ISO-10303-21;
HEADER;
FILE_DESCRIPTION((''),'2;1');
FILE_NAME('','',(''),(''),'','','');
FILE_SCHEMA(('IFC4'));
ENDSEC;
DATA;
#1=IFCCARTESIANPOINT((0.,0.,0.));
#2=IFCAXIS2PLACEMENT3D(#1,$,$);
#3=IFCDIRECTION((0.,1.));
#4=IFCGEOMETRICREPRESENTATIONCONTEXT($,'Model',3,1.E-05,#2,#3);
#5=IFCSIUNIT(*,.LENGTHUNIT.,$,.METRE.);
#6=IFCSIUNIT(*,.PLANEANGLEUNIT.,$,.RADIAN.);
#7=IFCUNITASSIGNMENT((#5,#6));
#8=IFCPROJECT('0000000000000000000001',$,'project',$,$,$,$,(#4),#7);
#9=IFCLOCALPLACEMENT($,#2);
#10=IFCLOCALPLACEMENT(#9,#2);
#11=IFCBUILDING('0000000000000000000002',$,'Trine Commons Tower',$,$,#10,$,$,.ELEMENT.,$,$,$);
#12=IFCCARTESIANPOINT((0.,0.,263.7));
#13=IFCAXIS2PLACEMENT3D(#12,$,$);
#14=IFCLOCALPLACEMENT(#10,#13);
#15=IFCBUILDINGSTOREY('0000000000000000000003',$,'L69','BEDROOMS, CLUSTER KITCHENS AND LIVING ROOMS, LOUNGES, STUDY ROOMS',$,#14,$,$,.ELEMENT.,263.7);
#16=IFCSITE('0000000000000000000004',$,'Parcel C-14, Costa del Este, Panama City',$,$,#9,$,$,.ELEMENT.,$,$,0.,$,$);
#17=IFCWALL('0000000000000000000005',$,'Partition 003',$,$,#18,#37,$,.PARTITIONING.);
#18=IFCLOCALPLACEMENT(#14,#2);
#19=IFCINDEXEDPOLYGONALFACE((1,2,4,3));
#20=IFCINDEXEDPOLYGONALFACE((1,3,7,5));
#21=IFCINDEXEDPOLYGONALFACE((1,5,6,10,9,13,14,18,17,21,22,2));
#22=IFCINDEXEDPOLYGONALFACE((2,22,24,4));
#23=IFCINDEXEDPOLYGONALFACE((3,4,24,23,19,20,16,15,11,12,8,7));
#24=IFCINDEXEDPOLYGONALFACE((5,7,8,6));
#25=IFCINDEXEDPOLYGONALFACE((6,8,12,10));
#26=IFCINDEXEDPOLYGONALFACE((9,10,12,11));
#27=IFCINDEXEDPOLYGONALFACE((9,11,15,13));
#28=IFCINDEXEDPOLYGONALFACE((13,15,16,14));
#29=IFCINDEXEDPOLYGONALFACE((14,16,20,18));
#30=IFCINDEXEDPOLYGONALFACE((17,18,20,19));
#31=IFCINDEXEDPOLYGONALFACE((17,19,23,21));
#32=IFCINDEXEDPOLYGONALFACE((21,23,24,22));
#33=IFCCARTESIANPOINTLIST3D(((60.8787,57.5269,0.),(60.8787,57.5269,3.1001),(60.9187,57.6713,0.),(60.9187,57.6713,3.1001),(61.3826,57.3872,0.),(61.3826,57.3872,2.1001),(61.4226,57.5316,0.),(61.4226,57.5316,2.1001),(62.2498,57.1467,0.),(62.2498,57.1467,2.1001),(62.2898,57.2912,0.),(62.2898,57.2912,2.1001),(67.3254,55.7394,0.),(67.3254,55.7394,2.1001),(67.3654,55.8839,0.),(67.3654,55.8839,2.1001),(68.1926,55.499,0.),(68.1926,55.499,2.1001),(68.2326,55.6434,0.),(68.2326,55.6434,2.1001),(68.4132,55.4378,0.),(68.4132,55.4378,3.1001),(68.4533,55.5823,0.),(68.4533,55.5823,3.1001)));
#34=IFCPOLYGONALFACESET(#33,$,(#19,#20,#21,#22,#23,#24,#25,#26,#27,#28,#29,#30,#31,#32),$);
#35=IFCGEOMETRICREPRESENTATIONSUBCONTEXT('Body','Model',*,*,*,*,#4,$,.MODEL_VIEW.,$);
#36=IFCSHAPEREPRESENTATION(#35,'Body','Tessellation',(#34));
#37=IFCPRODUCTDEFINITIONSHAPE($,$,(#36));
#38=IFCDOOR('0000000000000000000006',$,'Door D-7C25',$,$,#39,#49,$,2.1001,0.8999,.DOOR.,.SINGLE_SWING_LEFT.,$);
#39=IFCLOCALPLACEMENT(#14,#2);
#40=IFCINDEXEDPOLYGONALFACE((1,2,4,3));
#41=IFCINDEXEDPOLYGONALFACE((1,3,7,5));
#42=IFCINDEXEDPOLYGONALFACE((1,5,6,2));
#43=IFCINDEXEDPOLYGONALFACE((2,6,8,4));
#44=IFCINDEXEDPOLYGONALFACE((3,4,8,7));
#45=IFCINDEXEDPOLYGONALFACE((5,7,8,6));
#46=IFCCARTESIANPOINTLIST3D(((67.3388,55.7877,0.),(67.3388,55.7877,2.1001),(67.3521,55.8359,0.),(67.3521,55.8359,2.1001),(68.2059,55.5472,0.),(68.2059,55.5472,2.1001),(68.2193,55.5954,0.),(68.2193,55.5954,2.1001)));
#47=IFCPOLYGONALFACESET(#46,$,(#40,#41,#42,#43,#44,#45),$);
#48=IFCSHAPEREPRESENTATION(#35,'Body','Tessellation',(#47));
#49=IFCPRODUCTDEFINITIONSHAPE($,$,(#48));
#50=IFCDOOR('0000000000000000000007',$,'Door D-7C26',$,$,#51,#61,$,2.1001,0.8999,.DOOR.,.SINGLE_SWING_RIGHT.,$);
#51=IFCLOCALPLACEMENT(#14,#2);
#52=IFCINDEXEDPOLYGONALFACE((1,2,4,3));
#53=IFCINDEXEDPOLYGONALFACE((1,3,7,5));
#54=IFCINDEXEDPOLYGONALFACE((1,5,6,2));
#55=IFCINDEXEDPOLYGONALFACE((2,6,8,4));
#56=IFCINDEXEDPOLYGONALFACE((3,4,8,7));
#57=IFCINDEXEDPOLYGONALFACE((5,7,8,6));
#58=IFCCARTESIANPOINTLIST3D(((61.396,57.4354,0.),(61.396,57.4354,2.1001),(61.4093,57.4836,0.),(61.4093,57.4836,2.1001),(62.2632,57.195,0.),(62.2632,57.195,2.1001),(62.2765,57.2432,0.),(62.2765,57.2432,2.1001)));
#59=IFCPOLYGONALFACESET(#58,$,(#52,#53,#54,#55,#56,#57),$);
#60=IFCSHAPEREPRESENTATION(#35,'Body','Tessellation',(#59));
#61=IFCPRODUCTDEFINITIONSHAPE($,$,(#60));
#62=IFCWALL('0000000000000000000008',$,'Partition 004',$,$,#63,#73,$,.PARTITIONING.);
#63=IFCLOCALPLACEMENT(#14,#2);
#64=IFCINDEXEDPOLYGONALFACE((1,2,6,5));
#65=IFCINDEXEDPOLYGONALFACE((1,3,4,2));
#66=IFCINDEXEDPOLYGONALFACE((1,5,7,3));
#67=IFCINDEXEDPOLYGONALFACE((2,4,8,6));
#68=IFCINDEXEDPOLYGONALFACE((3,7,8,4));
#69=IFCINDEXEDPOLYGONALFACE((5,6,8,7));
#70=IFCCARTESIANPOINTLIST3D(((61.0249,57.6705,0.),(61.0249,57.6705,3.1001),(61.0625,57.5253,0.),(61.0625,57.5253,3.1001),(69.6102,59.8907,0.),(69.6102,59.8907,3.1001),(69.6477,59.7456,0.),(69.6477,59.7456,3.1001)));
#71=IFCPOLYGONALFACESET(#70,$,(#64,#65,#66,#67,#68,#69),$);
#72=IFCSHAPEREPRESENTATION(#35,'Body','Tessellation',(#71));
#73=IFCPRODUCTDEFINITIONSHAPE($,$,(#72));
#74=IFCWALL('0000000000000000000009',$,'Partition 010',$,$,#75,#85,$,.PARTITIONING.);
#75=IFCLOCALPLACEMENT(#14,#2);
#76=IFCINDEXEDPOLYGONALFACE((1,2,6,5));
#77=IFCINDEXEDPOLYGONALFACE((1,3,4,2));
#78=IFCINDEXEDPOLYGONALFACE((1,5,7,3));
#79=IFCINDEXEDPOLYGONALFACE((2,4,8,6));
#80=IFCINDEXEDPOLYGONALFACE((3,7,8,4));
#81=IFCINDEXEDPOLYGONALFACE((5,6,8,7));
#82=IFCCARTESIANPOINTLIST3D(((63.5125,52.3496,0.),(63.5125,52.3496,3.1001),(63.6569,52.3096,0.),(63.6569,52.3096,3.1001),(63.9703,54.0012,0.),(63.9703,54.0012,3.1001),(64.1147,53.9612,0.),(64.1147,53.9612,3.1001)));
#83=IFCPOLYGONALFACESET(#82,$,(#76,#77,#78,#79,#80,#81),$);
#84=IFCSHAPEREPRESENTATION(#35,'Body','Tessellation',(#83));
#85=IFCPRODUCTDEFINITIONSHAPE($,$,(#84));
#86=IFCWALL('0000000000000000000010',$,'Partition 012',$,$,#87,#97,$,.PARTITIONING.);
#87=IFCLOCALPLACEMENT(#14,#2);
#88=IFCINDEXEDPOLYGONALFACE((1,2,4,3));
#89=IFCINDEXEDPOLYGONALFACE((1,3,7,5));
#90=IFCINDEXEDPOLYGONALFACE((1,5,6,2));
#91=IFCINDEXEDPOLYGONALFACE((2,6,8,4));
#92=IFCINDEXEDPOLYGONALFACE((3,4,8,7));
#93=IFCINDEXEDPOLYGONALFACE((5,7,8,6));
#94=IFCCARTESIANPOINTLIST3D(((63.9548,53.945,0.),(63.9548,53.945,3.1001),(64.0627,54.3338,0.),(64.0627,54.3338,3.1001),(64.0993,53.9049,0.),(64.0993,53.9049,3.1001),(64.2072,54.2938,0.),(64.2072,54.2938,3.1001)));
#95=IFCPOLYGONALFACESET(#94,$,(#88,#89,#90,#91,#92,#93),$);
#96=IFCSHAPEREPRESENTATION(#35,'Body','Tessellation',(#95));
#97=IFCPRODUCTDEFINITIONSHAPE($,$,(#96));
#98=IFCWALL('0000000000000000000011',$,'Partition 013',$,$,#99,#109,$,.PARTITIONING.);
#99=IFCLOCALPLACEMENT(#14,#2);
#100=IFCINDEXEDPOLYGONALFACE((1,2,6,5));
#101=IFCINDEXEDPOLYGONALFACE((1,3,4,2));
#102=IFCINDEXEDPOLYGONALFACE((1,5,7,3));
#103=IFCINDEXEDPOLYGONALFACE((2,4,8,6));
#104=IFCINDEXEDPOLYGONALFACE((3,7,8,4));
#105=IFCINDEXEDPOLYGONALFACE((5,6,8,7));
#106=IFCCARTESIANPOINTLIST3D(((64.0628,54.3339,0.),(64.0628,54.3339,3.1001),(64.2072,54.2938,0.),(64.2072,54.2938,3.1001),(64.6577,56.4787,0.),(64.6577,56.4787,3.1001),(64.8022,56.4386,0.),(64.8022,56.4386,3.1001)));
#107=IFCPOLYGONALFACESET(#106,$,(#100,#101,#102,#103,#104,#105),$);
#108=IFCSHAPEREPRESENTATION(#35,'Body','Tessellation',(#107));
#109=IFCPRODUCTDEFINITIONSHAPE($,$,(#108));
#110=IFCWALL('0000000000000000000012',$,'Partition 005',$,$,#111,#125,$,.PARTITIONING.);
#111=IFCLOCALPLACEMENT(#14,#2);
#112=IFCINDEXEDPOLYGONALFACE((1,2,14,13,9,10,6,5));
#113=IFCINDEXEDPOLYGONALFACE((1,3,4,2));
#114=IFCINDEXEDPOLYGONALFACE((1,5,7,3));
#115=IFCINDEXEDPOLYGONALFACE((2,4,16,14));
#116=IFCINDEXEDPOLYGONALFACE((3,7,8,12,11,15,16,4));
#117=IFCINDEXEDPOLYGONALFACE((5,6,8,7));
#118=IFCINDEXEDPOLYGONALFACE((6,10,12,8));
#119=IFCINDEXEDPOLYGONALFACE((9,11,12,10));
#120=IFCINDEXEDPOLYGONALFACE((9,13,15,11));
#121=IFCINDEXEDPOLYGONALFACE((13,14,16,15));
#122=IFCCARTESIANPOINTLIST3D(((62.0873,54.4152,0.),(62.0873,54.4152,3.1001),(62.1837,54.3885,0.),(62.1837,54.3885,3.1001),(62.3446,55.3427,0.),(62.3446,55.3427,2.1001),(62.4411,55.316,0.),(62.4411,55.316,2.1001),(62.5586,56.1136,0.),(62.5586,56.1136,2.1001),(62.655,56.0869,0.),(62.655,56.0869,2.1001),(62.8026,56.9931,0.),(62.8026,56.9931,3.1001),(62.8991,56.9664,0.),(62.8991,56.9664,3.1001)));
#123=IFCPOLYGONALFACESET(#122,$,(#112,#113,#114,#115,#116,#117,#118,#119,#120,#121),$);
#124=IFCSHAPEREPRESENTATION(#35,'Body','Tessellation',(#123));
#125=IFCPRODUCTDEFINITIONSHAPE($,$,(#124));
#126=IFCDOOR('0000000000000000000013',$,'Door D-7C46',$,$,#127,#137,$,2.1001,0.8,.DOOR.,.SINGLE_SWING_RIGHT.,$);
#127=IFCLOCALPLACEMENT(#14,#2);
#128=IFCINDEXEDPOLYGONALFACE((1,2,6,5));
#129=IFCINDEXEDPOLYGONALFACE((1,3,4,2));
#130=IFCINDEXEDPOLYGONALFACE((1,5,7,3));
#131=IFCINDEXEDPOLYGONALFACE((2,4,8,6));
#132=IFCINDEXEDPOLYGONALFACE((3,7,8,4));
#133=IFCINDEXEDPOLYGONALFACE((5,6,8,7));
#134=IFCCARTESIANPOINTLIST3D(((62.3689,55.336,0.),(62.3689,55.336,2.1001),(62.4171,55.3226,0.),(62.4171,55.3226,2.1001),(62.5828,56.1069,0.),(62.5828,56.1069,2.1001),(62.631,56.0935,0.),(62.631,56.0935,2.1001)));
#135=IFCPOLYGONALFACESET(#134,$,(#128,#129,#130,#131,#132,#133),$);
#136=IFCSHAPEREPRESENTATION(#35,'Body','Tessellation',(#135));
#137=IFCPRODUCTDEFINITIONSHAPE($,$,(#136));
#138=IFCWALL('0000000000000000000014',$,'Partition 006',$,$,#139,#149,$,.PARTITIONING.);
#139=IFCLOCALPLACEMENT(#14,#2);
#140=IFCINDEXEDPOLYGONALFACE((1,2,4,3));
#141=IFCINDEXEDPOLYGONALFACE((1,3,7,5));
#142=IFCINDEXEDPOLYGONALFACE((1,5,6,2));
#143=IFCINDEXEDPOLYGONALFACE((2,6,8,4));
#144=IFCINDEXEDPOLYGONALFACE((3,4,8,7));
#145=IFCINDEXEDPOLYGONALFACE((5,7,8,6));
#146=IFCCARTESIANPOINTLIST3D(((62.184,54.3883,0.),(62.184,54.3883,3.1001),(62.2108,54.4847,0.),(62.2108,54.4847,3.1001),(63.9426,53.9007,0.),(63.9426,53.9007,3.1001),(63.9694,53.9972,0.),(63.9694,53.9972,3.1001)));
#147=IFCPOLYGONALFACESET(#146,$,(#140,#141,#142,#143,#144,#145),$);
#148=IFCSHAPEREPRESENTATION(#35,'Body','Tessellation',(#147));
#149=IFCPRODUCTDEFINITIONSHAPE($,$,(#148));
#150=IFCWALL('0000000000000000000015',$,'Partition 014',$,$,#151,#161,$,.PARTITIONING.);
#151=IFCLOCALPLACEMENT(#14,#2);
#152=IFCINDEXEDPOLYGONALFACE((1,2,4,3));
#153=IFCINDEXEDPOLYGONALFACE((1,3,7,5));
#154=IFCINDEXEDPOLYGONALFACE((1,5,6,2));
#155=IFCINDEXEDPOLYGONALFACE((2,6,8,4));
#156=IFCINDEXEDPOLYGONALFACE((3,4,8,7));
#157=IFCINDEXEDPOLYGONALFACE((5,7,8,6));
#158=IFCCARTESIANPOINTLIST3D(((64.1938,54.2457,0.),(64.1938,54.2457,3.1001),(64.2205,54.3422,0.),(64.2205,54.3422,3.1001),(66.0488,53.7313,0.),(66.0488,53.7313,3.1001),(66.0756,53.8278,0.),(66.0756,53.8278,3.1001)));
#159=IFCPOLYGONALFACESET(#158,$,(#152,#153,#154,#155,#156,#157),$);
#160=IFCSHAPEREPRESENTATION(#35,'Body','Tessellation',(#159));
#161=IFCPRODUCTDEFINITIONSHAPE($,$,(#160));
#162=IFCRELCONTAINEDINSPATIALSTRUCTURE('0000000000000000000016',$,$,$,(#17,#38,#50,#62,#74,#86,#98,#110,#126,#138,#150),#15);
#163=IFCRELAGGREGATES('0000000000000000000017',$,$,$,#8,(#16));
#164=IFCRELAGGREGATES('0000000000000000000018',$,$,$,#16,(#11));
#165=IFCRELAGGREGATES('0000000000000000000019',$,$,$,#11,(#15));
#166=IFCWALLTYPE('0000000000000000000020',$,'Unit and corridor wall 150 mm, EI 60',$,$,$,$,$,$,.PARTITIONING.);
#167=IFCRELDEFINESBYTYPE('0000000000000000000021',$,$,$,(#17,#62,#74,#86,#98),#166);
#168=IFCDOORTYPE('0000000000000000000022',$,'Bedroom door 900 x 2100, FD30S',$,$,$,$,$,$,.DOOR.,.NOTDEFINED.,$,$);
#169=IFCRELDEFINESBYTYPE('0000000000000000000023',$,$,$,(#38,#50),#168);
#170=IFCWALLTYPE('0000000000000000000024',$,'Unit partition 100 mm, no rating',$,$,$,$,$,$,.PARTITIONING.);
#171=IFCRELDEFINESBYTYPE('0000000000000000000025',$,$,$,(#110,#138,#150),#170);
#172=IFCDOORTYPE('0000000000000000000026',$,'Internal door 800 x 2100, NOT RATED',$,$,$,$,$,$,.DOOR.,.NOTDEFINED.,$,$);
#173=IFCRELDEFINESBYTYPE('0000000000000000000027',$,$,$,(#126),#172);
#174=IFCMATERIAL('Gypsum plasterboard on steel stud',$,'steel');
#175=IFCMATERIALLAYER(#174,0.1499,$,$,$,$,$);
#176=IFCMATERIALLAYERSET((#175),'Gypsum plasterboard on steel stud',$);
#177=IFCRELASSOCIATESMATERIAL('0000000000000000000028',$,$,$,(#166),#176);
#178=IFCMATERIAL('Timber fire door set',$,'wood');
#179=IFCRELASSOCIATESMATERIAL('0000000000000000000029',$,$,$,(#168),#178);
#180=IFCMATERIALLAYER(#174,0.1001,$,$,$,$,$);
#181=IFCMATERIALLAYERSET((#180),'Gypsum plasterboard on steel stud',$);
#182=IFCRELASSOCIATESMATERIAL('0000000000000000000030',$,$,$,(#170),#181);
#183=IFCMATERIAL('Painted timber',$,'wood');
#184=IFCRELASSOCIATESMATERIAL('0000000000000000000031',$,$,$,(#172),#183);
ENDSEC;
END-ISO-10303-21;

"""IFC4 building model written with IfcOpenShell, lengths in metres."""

from ifc_helpers import new_model, si_unit, direction, frame, frame_2d, origin, place, context, subcontext, project, spatial, rectangle, extrude, material, layer, layer_set, type_object, element, fill, save


model = new_model("IFC4")

# Units and contexts
model_context = context("Model", 3, precision=1e-05, world=origin(), true_north=direction((0.0, 1.0)))
body_context = subcontext(model_context, "Body", "Model", "MODEL_VIEW")
ifc_project = project(units=[si_unit("LENGTHUNIT", "METRE"), si_unit("PLANEANGLEUNIT", "RADIAN")], contexts=[model_context])

# Site, building, storey
site_placement = place(None, origin())
site = spatial("IfcSite", under=ifc_project, at=site_placement, Name="Parcel C-14, Costa del Este, Panama City", CompositionType="ELEMENT", RefElevation=0.0)
building_placement = place(site_placement, origin())
building = spatial("IfcBuilding", under=site, at=building_placement, Name="Trine Commons Tower", CompositionType="ELEMENT")
storey_placement = place(building_placement, frame((0.0, 0.0, 263.7)))
storey = spatial("IfcBuildingStorey", under=building, at=storey_placement, Name="L69", Description="BEDROOMS, CLUSTER KITCHENS AND LIVING ROOMS, LOUNGES, STUDY ROOMS", CompositionType="ELEMENT", Elevation=263.7)

# Shared definitions
ifc_material_1 = material(Name="Gypsum plasterboard on steel stud", Category="steel")
ifc_layer_1 = layer(ifc_material_1, 0.1499)
ifc_layer_set_1 = layer_set([ifc_layer_1], Name="Gypsum plasterboard on steel stud")
wall_type_1 = type_object("IfcWallType", Name="Unit and corridor wall 150 mm, EI 60", PredefinedType="PARTITIONING", material=ifc_layer_set_1)

# Wall, openings, doors
wall_1_placement = place(storey_placement, frame((60.8987, 57.5991, 0.0), z_axis=(0.0, 0.0, 1.0), x_axis=(0.963645, -0.267186, 0.0)))
wall_1 = element("IfcWall", 1, at=wall_1_placement, inside=storey, type_object=wall_type_1, Name="Partition 003", PredefinedType="PARTITIONING", context=body_context, shape_type="SweptSolid", body=[
    extrude(rectangle(XDim=7.8188, YDim=0.1499, at=frame_2d((3.9094, 0.0))), origin(), (0.0, 0.0, 1.0), 3.1001),
])
opening_1_placement = place(wall_1_placement, frame((6.6899, 0.0, 0.0)))
opening_1 = element("IfcOpeningElement", 2, at=opening_1_placement, cuts=wall_1, PredefinedType="OPENING", context=body_context, shape_type="SweptSolid", body=[
    extrude(rectangle(XDim=0.8999, YDim=2.1001, at=frame_2d((0.45, 1.05))), frame((0.0, 0.085, 0.0), z_axis=(0.0, -1.0, 0.0), x_axis=(1.0, 0.0, 0.0)), (0.0, 0.0, 1.0), 0.1699),
])
opening_2_placement = place(wall_1_placement, frame((0.5229, 0.0, 0.0)))
opening_2 = element("IfcOpeningElement", 3, at=opening_2_placement, cuts=wall_1, PredefinedType="OPENING", context=body_context, shape_type="SweptSolid", body=[
    extrude(rectangle(XDim=0.8999, YDim=2.1001, at=frame_2d((0.45, 1.05))), frame((0.0, 0.085, 0.0), z_axis=(0.0, -1.0, 0.0), x_axis=(1.0, 0.0, 0.0)), (0.0, 0.0, 1.0), 0.1699),
])
ifc_material_2 = material(Name="Timber fire door set", Category="wood")
door_type_1 = type_object("IfcDoorType", Name="Bedroom door 900 x 2100, FD30S", OperationType="NOTDEFINED", PredefinedType="DOOR", material=ifc_material_2)
door_1_placement = place(opening_1_placement, frame((0.8999, 0.0, 0.0), z_axis=(0.0, 0.0, 1.0), x_axis=(-1.0, 0.0, 0.0)))
door_1 = element("IfcDoor", 4, at=door_1_placement, inside=storey, type_object=door_type_1, Name="Door D-7C25", OperationType="SINGLE_SWING_LEFT", OverallHeight=2.1001, OverallWidth=0.8999, PredefinedType="DOOR", context=body_context, shape_type="SweptSolid", body=[
    extrude(rectangle(XDim=0.8999, YDim=2.1001, at=frame_2d((0.45, 1.05))), frame((0.0, 0.0249, 0.0), z_axis=(0.0, -1.0, 0.0), x_axis=(1.0, 0.0, 0.0)), (0.0, 0.0, 1.0), 0.05),
])
fill(opening_1, door_1)
door_2_placement = place(opening_2_placement, frame((0.8999, 0.0, 0.0), z_axis=(0.0, 0.0, 1.0), x_axis=(-1.0, 0.0, 0.0)))
door_2 = element("IfcDoor", 5, at=door_2_placement, inside=storey, type_object=door_type_1, Name="Door D-7C26", OperationType="SINGLE_SWING_RIGHT", OverallHeight=2.1001, OverallWidth=0.8999, PredefinedType="DOOR", context=body_context, shape_type="SweptSolid", body=[
    extrude(rectangle(XDim=0.8999, YDim=2.1001, at=frame_2d((0.45, 1.05))), frame((0.0, 0.0249, 0.0), z_axis=(0.0, -1.0, 0.0), x_axis=(1.0, 0.0, 0.0)), (0.0, 0.0, 1.0), 0.05),
])
fill(opening_2, door_2)

# Walls
wall_2_placement = place(storey_placement, frame((61.0437, 57.5979, 0.0), z_axis=(0.0, 0.0, 1.0), x_axis=(0.96815, 0.250373, 0.0)))
element("IfcWall", 6, at=wall_2_placement, inside=storey, type_object=wall_type_1, Name="Partition 004", PredefinedType="PARTITIONING", context=body_context, shape_type="SweptSolid", body=[
    extrude(rectangle(XDim=8.8677, YDim=0.1499, at=frame_2d((4.4338, 0.0))), origin(), (0.0, 0.0, 1.0), 3.1001),
])
wall_3_placement = place(storey_placement, frame((63.5847, 52.3296, 0.0), z_axis=(0.0, 0.0, 1.0), x_axis=(0.267093, 0.963671, 0.0)))
element("IfcWall", 7, at=wall_3_placement, inside=storey, type_object=wall_type_1, Name="Partition 010", PredefinedType="PARTITIONING", context=body_context, shape_type="SweptSolid", body=[
    extrude(rectangle(XDim=1.7139, YDim=0.1499, at=frame_2d((0.8569, 0.0))), origin(), (0.0, 0.0, 1.0), 3.1001),
])
wall_4_placement = place(storey_placement, frame((64.0271, 53.925, 0.0), z_axis=(0.0, 0.0, 1.0), x_axis=(0.267363, 0.963596, 0.0)))
element("IfcWall", 8, at=wall_4_placement, inside=storey, type_object=wall_type_1, Name="Partition 012", PredefinedType="PARTITIONING", context=body_context, shape_type="SweptSolid", body=[
    extrude(rectangle(XDim=0.4036, YDim=0.1499, at=frame_2d((0.2017, 0.0))), origin(), (0.0, 0.0, 1.0), 3.1001),
])
wall_5_placement = place(storey_placement, frame((64.135, 54.314, 0.0), z_axis=(0.0, 0.0, 1.0), x_axis=(0.26731, 0.963611, 0.0)))
element("IfcWall", 9, at=wall_5_placement, inside=storey, type_object=wall_type_1, Name="Partition 013", PredefinedType="PARTITIONING", context=body_context, shape_type="SweptSolid", body=[
    extrude(rectangle(XDim=2.2258, YDim=0.1499, at=frame_2d((1.1128, 0.0))), origin(), (0.0, 0.0, 1.0), 3.1001),
])

# Wall, opening, door
ifc_layer_2 = layer(ifc_material_1, 0.1001)
ifc_layer_set_2 = layer_set([ifc_layer_2], Name="Gypsum plasterboard on steel stud")
wall_type_2 = type_object("IfcWallType", Name="Unit partition 100 mm, no rating", PredefinedType="PARTITIONING", material=ifc_layer_set_2)
wall_6_placement = place(storey_placement, frame((62.1355, 54.4019, 0.0), z_axis=(0.0, 0.0, 1.0), x_axis=(0.267385, 0.96359, 0.0)))
wall_6 = element("IfcWall", 10, at=wall_6_placement, inside=storey, type_object=wall_type_2, Name="Partition 005", PredefinedType="PARTITIONING", context=body_context, shape_type="SweptSolid", body=[
    extrude(rectangle(XDim=2.6753, YDim=0.1001, at=frame_2d((1.3376, 0.0))), origin(), (0.0, 0.0, 1.0), 3.1001),
])
opening_3_placement = place(wall_6_placement, frame((0.9626, 0.0, 0.0)))
opening_3 = element("IfcOpeningElement", 11, at=opening_3_placement, cuts=wall_6, PredefinedType="OPENING", context=body_context, shape_type="SweptSolid", body=[
    extrude(rectangle(XDim=0.8, YDim=2.1001, at=frame_2d((0.3999, 1.05))), frame((0.0, 0.0601, 0.0), z_axis=(0.0, -1.0, 0.0), x_axis=(1.0, 0.0, 0.0)), (0.0, 0.0, 1.0), 0.1201),
])
ifc_material_3 = material(Name="Painted timber", Category="wood")
door_type_2 = type_object("IfcDoorType", Name="Internal door 800 x 2100, NOT RATED", OperationType="NOTDEFINED", PredefinedType="DOOR", material=ifc_material_3)
door_3_placement = place(opening_3_placement, origin())
door_3 = element("IfcDoor", 12, at=door_3_placement, inside=storey, type_object=door_type_2, Name="Door D-7C46", OperationType="SINGLE_SWING_RIGHT", OverallHeight=2.1001, OverallWidth=0.8, PredefinedType="DOOR", context=body_context, shape_type="SweptSolid", body=[
    extrude(rectangle(XDim=0.8, YDim=2.1001, at=frame_2d((0.3999, 1.05))), frame((0.0, 0.0249, 0.0), z_axis=(0.0, -1.0, 0.0), x_axis=(1.0, 0.0, 0.0)), (0.0, 0.0, 1.0), 0.05),
])
fill(opening_3, door_3)

# Walls
wall_7_placement = place(storey_placement, frame((62.1973, 54.4365, 0.0), z_axis=(0.0, 0.0, 1.0), x_axis=(0.96365, -0.267168, 0.0)))
element("IfcWall", 13, at=wall_7_placement, inside=storey, type_object=wall_type_2, Name="Partition 006", PredefinedType="PARTITIONING", context=body_context, shape_type="SweptSolid", body=[
    extrude(rectangle(XDim=1.825, YDim=0.1001, at=frame_2d((0.9126, 0.0))), origin(), (0.0, 0.0, 1.0), 3.1001),
])
wall_8_placement = place(storey_placement, frame((64.2073, 54.2939, 0.0), z_axis=(0.0, 0.0, 1.0), x_axis=(0.963634, -0.267225, 0.0)))
element("IfcWall", 14, at=wall_8_placement, inside=storey, type_object=wall_type_2, Name="Partition 014", PredefinedType="PARTITIONING", context=body_context, shape_type="SweptSolid", body=[
    extrude(rectangle(XDim=1.925, YDim=0.1001, at=frame_2d((0.9624, 0.0))), origin(), (0.0, 0.0, 1.0), 3.1001),
])

save(model, "model.ifc")
